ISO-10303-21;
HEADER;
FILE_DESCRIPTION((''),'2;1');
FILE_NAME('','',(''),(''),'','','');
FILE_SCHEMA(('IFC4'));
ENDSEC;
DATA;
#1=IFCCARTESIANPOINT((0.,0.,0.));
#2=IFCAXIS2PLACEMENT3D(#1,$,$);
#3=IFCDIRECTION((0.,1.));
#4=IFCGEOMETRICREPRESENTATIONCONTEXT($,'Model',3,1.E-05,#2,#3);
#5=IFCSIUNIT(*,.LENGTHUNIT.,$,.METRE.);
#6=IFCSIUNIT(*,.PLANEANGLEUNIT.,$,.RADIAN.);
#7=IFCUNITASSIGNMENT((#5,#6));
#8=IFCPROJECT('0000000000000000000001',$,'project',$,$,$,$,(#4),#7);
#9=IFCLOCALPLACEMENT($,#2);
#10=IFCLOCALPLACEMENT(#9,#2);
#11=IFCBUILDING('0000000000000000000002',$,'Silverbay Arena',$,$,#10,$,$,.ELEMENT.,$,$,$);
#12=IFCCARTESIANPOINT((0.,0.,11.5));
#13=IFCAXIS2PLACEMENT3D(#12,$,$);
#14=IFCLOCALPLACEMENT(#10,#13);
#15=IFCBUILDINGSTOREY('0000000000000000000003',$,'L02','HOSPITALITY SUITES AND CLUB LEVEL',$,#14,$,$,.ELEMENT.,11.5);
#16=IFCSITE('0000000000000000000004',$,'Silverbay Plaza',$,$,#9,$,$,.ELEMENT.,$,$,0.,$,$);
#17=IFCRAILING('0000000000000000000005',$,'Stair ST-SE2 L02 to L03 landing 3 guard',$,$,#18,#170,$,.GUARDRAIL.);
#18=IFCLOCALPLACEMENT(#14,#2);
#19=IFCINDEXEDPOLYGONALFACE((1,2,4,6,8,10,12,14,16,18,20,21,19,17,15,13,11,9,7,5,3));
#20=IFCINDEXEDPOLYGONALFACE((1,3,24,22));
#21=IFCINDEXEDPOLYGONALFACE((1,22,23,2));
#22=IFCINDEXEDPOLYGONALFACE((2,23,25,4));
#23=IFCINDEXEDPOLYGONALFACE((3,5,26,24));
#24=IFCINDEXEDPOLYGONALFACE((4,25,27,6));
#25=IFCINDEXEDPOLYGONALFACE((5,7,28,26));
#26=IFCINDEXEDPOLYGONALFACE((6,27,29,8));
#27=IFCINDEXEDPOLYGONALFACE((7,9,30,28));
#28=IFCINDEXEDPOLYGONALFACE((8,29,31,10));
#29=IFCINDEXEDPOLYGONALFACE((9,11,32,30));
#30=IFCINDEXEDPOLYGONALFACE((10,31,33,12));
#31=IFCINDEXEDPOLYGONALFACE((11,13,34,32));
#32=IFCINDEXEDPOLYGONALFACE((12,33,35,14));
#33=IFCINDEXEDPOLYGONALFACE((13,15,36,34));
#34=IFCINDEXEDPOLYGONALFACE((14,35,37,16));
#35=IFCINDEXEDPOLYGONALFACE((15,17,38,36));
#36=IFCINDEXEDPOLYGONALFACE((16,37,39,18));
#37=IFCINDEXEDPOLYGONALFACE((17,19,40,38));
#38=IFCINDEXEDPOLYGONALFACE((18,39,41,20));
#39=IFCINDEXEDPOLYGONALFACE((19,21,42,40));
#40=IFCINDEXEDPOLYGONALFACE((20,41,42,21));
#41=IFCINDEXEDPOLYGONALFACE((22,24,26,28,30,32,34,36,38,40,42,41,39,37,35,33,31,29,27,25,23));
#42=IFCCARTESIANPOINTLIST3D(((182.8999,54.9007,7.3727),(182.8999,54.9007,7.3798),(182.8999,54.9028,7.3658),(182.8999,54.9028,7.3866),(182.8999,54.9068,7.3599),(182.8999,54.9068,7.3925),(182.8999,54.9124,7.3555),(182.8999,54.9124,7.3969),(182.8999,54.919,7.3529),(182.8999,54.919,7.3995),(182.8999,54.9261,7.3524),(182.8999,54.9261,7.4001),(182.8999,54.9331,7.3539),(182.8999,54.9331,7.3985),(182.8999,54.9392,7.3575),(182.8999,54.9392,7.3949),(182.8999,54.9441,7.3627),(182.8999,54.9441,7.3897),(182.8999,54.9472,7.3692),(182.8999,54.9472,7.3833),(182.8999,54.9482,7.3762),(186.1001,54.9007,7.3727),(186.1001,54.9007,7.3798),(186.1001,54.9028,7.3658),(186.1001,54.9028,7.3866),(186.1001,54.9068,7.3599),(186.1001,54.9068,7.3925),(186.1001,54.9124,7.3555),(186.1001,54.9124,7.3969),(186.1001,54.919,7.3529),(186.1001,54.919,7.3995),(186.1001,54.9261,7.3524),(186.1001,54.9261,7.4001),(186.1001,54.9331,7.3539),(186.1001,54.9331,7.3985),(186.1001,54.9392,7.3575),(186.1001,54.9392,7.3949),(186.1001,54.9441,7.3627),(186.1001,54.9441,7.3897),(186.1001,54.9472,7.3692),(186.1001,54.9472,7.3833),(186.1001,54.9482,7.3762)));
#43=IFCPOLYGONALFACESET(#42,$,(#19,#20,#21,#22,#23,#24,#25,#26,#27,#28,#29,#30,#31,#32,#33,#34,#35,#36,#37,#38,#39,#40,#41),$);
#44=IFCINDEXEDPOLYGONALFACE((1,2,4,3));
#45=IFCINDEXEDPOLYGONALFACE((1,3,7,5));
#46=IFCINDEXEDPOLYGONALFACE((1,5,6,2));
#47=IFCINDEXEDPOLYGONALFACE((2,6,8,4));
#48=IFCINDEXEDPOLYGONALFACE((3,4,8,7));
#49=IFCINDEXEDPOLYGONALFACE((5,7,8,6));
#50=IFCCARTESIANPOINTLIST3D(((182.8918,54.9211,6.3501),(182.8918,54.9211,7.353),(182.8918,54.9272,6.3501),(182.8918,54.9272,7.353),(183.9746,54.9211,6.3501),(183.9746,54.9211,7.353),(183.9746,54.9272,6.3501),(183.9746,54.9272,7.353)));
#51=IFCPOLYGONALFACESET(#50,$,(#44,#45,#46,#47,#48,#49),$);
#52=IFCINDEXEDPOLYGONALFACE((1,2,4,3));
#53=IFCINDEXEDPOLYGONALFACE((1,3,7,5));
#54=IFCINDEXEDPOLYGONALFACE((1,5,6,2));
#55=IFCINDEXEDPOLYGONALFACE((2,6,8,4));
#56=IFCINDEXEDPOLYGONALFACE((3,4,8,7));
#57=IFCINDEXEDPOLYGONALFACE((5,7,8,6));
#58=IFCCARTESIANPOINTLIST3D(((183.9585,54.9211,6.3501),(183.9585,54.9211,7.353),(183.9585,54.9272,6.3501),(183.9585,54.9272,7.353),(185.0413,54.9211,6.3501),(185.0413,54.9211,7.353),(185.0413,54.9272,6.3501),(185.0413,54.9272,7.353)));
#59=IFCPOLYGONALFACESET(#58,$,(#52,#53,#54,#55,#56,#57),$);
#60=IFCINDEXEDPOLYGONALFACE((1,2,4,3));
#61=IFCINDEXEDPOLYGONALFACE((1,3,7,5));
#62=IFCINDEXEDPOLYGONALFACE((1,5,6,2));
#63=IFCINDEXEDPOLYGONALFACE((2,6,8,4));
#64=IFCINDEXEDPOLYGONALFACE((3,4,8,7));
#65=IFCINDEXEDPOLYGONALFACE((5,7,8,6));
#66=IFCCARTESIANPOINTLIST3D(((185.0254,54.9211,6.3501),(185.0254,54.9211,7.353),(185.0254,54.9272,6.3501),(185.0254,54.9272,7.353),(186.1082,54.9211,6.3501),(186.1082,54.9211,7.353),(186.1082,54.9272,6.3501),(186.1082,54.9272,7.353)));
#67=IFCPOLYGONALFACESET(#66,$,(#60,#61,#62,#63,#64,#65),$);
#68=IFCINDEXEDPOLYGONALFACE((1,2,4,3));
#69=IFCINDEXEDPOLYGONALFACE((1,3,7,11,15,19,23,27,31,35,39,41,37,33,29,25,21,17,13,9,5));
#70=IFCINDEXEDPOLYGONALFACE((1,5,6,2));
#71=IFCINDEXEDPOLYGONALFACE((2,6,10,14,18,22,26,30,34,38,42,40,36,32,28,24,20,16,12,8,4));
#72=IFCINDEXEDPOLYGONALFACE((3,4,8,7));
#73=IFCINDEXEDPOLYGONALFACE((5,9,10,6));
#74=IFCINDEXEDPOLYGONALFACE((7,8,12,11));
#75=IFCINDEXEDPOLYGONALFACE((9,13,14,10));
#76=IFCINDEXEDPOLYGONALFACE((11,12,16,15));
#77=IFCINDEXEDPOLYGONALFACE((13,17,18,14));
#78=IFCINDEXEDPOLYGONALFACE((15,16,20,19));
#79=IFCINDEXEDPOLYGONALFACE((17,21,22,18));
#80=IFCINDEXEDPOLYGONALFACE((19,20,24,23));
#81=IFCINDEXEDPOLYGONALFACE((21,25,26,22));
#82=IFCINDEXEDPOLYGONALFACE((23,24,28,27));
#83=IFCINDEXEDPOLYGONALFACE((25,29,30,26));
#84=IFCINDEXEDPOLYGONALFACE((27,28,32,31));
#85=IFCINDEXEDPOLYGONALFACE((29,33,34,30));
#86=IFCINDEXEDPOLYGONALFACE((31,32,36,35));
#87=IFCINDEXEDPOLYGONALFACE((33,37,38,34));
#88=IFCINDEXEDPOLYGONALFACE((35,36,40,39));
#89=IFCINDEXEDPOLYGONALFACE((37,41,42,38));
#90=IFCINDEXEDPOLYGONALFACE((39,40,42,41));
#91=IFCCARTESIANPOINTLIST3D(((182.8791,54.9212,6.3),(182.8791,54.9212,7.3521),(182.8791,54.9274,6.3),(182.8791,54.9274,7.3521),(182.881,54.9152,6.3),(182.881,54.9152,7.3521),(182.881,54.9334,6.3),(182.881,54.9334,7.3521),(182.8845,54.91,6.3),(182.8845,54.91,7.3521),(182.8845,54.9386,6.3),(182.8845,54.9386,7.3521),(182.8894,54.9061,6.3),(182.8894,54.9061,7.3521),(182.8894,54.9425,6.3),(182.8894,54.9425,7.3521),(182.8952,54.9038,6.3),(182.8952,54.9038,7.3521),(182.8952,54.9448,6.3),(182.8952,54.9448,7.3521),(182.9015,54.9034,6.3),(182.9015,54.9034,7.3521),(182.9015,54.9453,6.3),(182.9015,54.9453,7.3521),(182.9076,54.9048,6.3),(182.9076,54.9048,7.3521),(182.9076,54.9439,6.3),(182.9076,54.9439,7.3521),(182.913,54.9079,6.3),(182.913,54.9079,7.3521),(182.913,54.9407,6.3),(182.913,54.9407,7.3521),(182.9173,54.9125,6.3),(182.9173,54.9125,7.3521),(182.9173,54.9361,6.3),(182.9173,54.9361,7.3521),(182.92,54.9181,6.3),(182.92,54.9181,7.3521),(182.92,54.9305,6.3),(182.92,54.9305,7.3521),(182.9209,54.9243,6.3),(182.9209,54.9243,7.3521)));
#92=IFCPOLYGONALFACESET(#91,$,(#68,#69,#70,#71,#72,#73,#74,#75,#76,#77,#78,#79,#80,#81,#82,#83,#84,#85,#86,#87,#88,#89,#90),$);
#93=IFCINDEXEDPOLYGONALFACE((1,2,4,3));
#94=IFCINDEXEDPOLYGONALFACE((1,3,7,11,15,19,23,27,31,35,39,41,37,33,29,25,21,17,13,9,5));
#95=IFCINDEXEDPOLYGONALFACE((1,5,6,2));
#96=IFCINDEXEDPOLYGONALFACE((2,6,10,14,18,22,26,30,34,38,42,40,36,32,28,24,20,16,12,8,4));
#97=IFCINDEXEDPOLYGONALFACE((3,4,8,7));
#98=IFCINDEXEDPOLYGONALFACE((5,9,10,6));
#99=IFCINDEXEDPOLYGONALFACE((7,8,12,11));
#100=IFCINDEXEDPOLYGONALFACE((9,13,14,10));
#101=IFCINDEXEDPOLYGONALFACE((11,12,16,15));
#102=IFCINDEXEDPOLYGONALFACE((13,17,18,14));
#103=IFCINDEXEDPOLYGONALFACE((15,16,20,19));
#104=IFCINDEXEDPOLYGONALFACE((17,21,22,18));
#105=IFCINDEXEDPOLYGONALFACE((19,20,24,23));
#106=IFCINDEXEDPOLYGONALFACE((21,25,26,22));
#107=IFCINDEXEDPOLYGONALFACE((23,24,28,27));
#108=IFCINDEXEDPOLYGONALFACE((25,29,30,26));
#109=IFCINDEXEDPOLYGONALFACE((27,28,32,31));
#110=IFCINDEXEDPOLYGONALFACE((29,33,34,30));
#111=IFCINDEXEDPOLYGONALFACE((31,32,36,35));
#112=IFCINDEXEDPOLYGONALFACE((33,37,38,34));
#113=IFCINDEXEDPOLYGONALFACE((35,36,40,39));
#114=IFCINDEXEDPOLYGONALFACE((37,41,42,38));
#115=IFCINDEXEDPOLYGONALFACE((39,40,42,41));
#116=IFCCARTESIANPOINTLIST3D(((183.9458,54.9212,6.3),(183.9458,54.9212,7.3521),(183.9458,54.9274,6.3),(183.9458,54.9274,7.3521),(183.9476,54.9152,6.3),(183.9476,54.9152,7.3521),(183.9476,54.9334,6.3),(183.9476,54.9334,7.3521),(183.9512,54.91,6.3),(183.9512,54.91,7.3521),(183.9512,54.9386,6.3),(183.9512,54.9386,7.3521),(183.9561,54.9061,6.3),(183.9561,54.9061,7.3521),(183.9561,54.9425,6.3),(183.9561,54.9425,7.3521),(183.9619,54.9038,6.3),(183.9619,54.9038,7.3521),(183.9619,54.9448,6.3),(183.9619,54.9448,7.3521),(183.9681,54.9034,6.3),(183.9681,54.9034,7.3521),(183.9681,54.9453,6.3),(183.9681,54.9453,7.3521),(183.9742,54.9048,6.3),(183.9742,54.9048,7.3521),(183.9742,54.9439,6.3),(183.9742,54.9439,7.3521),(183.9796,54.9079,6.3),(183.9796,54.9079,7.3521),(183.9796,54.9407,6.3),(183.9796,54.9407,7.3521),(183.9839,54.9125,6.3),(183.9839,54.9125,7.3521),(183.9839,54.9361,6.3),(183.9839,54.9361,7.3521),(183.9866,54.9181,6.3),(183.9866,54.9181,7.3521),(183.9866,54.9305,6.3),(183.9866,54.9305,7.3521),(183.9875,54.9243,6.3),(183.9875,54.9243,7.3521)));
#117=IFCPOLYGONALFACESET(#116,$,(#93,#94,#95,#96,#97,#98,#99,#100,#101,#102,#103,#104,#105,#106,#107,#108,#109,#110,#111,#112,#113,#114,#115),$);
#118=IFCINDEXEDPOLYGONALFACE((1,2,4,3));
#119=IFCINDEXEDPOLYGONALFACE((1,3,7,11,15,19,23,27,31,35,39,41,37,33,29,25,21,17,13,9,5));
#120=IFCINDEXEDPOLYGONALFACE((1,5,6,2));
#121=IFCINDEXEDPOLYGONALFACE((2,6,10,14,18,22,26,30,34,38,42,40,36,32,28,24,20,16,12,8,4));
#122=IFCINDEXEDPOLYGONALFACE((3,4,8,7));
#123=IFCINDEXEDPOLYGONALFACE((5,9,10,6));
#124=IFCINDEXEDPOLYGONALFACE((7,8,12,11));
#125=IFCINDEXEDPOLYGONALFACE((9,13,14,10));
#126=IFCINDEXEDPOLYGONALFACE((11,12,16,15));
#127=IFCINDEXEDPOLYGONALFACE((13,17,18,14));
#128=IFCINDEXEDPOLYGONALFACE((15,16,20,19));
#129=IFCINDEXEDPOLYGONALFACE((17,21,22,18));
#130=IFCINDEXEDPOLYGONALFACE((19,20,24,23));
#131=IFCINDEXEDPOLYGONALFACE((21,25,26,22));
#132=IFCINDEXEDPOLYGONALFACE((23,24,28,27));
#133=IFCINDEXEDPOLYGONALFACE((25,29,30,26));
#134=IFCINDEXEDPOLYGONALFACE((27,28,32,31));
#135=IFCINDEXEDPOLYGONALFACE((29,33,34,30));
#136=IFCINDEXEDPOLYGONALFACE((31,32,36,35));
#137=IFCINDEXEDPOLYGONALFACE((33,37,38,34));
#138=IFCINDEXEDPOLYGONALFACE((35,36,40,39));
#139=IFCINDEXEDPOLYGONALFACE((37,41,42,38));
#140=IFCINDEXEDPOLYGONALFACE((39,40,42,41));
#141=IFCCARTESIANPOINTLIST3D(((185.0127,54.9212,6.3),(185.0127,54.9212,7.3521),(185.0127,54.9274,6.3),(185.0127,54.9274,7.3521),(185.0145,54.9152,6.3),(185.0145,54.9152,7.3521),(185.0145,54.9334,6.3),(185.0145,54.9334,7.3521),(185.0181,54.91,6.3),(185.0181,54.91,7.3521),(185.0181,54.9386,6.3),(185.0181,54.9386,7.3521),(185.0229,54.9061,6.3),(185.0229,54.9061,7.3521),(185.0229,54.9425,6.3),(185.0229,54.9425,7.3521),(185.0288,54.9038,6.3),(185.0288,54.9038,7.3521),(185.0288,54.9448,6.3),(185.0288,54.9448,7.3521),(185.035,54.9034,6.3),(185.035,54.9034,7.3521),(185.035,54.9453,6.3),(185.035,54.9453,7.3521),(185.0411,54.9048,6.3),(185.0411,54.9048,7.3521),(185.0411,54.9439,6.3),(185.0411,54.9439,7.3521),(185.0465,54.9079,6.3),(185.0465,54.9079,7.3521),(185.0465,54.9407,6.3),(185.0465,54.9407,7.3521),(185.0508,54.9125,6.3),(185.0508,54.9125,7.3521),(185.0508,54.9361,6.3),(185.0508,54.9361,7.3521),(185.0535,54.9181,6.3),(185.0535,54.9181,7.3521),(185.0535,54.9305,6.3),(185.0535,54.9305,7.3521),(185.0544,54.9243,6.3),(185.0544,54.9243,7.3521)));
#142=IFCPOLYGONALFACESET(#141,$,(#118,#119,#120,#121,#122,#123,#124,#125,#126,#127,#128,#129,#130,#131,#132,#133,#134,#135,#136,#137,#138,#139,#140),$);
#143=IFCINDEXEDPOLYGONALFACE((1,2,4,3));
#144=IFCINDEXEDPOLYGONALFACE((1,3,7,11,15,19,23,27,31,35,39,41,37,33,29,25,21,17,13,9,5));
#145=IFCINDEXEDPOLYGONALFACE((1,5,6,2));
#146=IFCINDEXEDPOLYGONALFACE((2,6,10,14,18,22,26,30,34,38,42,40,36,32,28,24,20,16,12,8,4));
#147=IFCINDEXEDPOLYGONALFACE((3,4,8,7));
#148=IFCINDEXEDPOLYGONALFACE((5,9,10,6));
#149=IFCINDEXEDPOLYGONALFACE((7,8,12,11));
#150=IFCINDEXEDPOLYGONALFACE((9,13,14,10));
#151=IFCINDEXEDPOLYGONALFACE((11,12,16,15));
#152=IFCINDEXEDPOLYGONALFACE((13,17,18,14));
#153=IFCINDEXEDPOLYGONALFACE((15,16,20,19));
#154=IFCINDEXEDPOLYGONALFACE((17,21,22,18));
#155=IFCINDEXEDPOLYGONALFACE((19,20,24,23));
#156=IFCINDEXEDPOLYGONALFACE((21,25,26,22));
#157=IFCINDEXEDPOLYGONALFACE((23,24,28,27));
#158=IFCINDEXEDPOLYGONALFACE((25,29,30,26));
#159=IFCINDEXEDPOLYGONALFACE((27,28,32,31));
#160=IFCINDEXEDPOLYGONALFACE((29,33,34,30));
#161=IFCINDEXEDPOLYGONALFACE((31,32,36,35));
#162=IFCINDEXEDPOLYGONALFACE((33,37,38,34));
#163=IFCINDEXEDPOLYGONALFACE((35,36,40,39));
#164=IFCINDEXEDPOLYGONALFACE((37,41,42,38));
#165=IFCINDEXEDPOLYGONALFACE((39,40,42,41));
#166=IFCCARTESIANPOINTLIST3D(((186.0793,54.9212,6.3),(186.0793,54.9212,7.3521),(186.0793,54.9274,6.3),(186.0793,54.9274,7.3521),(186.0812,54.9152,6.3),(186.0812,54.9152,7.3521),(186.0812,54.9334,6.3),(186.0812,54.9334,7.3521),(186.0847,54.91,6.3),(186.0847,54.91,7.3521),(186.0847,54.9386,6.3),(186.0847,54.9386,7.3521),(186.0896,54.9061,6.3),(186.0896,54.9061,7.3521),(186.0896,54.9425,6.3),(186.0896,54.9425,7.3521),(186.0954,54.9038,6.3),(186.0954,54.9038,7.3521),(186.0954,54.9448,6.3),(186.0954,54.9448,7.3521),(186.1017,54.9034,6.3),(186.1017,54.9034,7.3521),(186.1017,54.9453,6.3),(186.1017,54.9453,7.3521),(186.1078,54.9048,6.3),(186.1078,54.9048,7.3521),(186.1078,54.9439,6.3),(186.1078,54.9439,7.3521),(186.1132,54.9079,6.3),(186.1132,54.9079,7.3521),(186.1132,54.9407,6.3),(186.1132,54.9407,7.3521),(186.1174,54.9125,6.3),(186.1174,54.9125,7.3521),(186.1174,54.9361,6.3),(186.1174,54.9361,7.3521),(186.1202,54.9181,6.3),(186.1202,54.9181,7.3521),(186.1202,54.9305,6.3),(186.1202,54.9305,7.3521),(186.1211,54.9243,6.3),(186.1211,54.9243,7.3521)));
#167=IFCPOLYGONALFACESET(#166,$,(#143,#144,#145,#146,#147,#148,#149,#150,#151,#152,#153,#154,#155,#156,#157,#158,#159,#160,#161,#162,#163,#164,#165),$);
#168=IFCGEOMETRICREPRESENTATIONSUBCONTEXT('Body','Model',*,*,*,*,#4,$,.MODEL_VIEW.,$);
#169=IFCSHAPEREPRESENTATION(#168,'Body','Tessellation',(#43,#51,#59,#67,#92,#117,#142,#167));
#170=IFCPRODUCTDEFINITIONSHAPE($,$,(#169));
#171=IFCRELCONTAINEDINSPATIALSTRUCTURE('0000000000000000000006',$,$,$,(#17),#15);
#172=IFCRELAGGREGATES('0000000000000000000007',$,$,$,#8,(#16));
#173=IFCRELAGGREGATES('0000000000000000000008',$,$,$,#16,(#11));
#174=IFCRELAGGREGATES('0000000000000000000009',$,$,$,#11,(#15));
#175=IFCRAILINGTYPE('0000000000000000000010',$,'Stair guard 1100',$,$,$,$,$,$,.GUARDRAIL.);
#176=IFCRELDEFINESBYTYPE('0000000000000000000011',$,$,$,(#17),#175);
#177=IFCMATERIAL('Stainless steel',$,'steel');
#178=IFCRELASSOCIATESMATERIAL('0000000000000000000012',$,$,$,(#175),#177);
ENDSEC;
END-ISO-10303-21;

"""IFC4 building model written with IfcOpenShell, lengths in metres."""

from ifc_helpers import new_model, si_unit, direction, frame, origin, origin_2d, place, context, subcontext, project, spatial, polyline, circle, outline, extrude, material, type_object, element, save


model = new_model("IFC4")

# Units and contexts
model_context = context("Model", 3, precision=1e-05, world=origin(), true_north=direction((0.0, 1.0)))
body_context = subcontext(model_context, "Body", "Model", "MODEL_VIEW")
ifc_project = project(units=[si_unit("LENGTHUNIT", "METRE"), si_unit("PLANEANGLEUNIT", "RADIAN")], contexts=[model_context])

# Site, building, storey
site_placement = place(None, origin())
site = spatial("IfcSite", under=ifc_project, at=site_placement, Name="Silverbay Plaza", CompositionType="ELEMENT", RefElevation=0.0)
building_placement = place(site_placement, origin())
building = spatial("IfcBuilding", under=site, at=building_placement, Name="Silverbay Arena", CompositionType="ELEMENT")
storey_placement = place(building_placement, frame((0.0, 0.0, 11.5)))
storey = spatial("IfcBuildingStorey", under=building, at=storey_placement, Name="L02", Description="HOSPITALITY SUITES AND CLUB LEVEL", CompositionType="ELEMENT", Elevation=11.5)

# Railing
ifc_material_1 = material(Name="Stainless steel", Category="steel")
railing_type_1 = type_object("IfcRailingType", Name="Stair guard 1100", PredefinedType="GUARDRAIL", material=ifc_material_1)
for number, where, name in (
    (1, (182.8999, 54.9243, 6.3), "Stair ST-SE2 L02 to L03 landing 3 guard"),
):
    element("IfcRailing", number, at=place(storey_placement, frame(where)), inside=storey, type_object=railing_type_1, Name=name, PredefinedType="GUARDRAIL", context=body_context, shape_type="SweptSolid", body=[
        extrude(circle(Radius=0.0239, at=origin_2d()), frame((0.0, 0.0, 1.0762), z_axis=(1.0, 0.0, 0.0), x_axis=(0.0, 1.0, 0.0)), (0.0, 0.0, 1.0), 3.2002),
        extrude(outline(polyline([(-0.0081, 0.05), (1.0747, 0.05), (1.0747, 1.053), (-0.0081, 1.053), (-0.0081, 0.05)])), frame((0.0, 0.0029, 0.0), z_axis=(0.0, -1.0, 0.0), x_axis=(1.0, 0.0, 0.0)), (0.0, 0.0, 1.0), 0.0061),
        extrude(outline(polyline([(-0.0081, 0.05), (1.0747, 0.05), (1.0747, 1.053), (-0.0081, 1.053), (-0.0081, 0.05)])), frame((1.0667, 0.0029, 0.0), z_axis=(0.0, -1.0, 0.0), x_axis=(1.0, 0.0, 0.0)), (0.0, 0.0, 1.0), 0.0061),
        extrude(outline(polyline([(-0.0081, 0.05), (1.0747, 0.05), (1.0747, 1.053), (-0.0081, 1.053), (-0.0081, 0.05)])), frame((2.1335, 0.0029, 0.0), z_axis=(0.0, -1.0, 0.0), x_axis=(1.0, 0.0, 0.0)), (0.0, 0.0, 1.0), 0.0061),
        extrude(circle(Radius=0.021, at=origin_2d()), origin(), (0.0, 0.0, 1.0), 1.052),
        extrude(circle(Radius=0.021, at=origin_2d()), frame((1.0667, 0.0, 0.0)), (0.0, 0.0, 1.0), 1.052),
        extrude(circle(Radius=0.021, at=origin_2d()), frame((2.1335, 0.0, 0.0)), (0.0, 0.0, 1.0), 1.052),
        extrude(circle(Radius=0.021, at=origin_2d()), frame((3.2002, 0.0, 0.0)), (0.0, 0.0, 1.0), 1.052),
    ])

save(model, "model.ifc")
